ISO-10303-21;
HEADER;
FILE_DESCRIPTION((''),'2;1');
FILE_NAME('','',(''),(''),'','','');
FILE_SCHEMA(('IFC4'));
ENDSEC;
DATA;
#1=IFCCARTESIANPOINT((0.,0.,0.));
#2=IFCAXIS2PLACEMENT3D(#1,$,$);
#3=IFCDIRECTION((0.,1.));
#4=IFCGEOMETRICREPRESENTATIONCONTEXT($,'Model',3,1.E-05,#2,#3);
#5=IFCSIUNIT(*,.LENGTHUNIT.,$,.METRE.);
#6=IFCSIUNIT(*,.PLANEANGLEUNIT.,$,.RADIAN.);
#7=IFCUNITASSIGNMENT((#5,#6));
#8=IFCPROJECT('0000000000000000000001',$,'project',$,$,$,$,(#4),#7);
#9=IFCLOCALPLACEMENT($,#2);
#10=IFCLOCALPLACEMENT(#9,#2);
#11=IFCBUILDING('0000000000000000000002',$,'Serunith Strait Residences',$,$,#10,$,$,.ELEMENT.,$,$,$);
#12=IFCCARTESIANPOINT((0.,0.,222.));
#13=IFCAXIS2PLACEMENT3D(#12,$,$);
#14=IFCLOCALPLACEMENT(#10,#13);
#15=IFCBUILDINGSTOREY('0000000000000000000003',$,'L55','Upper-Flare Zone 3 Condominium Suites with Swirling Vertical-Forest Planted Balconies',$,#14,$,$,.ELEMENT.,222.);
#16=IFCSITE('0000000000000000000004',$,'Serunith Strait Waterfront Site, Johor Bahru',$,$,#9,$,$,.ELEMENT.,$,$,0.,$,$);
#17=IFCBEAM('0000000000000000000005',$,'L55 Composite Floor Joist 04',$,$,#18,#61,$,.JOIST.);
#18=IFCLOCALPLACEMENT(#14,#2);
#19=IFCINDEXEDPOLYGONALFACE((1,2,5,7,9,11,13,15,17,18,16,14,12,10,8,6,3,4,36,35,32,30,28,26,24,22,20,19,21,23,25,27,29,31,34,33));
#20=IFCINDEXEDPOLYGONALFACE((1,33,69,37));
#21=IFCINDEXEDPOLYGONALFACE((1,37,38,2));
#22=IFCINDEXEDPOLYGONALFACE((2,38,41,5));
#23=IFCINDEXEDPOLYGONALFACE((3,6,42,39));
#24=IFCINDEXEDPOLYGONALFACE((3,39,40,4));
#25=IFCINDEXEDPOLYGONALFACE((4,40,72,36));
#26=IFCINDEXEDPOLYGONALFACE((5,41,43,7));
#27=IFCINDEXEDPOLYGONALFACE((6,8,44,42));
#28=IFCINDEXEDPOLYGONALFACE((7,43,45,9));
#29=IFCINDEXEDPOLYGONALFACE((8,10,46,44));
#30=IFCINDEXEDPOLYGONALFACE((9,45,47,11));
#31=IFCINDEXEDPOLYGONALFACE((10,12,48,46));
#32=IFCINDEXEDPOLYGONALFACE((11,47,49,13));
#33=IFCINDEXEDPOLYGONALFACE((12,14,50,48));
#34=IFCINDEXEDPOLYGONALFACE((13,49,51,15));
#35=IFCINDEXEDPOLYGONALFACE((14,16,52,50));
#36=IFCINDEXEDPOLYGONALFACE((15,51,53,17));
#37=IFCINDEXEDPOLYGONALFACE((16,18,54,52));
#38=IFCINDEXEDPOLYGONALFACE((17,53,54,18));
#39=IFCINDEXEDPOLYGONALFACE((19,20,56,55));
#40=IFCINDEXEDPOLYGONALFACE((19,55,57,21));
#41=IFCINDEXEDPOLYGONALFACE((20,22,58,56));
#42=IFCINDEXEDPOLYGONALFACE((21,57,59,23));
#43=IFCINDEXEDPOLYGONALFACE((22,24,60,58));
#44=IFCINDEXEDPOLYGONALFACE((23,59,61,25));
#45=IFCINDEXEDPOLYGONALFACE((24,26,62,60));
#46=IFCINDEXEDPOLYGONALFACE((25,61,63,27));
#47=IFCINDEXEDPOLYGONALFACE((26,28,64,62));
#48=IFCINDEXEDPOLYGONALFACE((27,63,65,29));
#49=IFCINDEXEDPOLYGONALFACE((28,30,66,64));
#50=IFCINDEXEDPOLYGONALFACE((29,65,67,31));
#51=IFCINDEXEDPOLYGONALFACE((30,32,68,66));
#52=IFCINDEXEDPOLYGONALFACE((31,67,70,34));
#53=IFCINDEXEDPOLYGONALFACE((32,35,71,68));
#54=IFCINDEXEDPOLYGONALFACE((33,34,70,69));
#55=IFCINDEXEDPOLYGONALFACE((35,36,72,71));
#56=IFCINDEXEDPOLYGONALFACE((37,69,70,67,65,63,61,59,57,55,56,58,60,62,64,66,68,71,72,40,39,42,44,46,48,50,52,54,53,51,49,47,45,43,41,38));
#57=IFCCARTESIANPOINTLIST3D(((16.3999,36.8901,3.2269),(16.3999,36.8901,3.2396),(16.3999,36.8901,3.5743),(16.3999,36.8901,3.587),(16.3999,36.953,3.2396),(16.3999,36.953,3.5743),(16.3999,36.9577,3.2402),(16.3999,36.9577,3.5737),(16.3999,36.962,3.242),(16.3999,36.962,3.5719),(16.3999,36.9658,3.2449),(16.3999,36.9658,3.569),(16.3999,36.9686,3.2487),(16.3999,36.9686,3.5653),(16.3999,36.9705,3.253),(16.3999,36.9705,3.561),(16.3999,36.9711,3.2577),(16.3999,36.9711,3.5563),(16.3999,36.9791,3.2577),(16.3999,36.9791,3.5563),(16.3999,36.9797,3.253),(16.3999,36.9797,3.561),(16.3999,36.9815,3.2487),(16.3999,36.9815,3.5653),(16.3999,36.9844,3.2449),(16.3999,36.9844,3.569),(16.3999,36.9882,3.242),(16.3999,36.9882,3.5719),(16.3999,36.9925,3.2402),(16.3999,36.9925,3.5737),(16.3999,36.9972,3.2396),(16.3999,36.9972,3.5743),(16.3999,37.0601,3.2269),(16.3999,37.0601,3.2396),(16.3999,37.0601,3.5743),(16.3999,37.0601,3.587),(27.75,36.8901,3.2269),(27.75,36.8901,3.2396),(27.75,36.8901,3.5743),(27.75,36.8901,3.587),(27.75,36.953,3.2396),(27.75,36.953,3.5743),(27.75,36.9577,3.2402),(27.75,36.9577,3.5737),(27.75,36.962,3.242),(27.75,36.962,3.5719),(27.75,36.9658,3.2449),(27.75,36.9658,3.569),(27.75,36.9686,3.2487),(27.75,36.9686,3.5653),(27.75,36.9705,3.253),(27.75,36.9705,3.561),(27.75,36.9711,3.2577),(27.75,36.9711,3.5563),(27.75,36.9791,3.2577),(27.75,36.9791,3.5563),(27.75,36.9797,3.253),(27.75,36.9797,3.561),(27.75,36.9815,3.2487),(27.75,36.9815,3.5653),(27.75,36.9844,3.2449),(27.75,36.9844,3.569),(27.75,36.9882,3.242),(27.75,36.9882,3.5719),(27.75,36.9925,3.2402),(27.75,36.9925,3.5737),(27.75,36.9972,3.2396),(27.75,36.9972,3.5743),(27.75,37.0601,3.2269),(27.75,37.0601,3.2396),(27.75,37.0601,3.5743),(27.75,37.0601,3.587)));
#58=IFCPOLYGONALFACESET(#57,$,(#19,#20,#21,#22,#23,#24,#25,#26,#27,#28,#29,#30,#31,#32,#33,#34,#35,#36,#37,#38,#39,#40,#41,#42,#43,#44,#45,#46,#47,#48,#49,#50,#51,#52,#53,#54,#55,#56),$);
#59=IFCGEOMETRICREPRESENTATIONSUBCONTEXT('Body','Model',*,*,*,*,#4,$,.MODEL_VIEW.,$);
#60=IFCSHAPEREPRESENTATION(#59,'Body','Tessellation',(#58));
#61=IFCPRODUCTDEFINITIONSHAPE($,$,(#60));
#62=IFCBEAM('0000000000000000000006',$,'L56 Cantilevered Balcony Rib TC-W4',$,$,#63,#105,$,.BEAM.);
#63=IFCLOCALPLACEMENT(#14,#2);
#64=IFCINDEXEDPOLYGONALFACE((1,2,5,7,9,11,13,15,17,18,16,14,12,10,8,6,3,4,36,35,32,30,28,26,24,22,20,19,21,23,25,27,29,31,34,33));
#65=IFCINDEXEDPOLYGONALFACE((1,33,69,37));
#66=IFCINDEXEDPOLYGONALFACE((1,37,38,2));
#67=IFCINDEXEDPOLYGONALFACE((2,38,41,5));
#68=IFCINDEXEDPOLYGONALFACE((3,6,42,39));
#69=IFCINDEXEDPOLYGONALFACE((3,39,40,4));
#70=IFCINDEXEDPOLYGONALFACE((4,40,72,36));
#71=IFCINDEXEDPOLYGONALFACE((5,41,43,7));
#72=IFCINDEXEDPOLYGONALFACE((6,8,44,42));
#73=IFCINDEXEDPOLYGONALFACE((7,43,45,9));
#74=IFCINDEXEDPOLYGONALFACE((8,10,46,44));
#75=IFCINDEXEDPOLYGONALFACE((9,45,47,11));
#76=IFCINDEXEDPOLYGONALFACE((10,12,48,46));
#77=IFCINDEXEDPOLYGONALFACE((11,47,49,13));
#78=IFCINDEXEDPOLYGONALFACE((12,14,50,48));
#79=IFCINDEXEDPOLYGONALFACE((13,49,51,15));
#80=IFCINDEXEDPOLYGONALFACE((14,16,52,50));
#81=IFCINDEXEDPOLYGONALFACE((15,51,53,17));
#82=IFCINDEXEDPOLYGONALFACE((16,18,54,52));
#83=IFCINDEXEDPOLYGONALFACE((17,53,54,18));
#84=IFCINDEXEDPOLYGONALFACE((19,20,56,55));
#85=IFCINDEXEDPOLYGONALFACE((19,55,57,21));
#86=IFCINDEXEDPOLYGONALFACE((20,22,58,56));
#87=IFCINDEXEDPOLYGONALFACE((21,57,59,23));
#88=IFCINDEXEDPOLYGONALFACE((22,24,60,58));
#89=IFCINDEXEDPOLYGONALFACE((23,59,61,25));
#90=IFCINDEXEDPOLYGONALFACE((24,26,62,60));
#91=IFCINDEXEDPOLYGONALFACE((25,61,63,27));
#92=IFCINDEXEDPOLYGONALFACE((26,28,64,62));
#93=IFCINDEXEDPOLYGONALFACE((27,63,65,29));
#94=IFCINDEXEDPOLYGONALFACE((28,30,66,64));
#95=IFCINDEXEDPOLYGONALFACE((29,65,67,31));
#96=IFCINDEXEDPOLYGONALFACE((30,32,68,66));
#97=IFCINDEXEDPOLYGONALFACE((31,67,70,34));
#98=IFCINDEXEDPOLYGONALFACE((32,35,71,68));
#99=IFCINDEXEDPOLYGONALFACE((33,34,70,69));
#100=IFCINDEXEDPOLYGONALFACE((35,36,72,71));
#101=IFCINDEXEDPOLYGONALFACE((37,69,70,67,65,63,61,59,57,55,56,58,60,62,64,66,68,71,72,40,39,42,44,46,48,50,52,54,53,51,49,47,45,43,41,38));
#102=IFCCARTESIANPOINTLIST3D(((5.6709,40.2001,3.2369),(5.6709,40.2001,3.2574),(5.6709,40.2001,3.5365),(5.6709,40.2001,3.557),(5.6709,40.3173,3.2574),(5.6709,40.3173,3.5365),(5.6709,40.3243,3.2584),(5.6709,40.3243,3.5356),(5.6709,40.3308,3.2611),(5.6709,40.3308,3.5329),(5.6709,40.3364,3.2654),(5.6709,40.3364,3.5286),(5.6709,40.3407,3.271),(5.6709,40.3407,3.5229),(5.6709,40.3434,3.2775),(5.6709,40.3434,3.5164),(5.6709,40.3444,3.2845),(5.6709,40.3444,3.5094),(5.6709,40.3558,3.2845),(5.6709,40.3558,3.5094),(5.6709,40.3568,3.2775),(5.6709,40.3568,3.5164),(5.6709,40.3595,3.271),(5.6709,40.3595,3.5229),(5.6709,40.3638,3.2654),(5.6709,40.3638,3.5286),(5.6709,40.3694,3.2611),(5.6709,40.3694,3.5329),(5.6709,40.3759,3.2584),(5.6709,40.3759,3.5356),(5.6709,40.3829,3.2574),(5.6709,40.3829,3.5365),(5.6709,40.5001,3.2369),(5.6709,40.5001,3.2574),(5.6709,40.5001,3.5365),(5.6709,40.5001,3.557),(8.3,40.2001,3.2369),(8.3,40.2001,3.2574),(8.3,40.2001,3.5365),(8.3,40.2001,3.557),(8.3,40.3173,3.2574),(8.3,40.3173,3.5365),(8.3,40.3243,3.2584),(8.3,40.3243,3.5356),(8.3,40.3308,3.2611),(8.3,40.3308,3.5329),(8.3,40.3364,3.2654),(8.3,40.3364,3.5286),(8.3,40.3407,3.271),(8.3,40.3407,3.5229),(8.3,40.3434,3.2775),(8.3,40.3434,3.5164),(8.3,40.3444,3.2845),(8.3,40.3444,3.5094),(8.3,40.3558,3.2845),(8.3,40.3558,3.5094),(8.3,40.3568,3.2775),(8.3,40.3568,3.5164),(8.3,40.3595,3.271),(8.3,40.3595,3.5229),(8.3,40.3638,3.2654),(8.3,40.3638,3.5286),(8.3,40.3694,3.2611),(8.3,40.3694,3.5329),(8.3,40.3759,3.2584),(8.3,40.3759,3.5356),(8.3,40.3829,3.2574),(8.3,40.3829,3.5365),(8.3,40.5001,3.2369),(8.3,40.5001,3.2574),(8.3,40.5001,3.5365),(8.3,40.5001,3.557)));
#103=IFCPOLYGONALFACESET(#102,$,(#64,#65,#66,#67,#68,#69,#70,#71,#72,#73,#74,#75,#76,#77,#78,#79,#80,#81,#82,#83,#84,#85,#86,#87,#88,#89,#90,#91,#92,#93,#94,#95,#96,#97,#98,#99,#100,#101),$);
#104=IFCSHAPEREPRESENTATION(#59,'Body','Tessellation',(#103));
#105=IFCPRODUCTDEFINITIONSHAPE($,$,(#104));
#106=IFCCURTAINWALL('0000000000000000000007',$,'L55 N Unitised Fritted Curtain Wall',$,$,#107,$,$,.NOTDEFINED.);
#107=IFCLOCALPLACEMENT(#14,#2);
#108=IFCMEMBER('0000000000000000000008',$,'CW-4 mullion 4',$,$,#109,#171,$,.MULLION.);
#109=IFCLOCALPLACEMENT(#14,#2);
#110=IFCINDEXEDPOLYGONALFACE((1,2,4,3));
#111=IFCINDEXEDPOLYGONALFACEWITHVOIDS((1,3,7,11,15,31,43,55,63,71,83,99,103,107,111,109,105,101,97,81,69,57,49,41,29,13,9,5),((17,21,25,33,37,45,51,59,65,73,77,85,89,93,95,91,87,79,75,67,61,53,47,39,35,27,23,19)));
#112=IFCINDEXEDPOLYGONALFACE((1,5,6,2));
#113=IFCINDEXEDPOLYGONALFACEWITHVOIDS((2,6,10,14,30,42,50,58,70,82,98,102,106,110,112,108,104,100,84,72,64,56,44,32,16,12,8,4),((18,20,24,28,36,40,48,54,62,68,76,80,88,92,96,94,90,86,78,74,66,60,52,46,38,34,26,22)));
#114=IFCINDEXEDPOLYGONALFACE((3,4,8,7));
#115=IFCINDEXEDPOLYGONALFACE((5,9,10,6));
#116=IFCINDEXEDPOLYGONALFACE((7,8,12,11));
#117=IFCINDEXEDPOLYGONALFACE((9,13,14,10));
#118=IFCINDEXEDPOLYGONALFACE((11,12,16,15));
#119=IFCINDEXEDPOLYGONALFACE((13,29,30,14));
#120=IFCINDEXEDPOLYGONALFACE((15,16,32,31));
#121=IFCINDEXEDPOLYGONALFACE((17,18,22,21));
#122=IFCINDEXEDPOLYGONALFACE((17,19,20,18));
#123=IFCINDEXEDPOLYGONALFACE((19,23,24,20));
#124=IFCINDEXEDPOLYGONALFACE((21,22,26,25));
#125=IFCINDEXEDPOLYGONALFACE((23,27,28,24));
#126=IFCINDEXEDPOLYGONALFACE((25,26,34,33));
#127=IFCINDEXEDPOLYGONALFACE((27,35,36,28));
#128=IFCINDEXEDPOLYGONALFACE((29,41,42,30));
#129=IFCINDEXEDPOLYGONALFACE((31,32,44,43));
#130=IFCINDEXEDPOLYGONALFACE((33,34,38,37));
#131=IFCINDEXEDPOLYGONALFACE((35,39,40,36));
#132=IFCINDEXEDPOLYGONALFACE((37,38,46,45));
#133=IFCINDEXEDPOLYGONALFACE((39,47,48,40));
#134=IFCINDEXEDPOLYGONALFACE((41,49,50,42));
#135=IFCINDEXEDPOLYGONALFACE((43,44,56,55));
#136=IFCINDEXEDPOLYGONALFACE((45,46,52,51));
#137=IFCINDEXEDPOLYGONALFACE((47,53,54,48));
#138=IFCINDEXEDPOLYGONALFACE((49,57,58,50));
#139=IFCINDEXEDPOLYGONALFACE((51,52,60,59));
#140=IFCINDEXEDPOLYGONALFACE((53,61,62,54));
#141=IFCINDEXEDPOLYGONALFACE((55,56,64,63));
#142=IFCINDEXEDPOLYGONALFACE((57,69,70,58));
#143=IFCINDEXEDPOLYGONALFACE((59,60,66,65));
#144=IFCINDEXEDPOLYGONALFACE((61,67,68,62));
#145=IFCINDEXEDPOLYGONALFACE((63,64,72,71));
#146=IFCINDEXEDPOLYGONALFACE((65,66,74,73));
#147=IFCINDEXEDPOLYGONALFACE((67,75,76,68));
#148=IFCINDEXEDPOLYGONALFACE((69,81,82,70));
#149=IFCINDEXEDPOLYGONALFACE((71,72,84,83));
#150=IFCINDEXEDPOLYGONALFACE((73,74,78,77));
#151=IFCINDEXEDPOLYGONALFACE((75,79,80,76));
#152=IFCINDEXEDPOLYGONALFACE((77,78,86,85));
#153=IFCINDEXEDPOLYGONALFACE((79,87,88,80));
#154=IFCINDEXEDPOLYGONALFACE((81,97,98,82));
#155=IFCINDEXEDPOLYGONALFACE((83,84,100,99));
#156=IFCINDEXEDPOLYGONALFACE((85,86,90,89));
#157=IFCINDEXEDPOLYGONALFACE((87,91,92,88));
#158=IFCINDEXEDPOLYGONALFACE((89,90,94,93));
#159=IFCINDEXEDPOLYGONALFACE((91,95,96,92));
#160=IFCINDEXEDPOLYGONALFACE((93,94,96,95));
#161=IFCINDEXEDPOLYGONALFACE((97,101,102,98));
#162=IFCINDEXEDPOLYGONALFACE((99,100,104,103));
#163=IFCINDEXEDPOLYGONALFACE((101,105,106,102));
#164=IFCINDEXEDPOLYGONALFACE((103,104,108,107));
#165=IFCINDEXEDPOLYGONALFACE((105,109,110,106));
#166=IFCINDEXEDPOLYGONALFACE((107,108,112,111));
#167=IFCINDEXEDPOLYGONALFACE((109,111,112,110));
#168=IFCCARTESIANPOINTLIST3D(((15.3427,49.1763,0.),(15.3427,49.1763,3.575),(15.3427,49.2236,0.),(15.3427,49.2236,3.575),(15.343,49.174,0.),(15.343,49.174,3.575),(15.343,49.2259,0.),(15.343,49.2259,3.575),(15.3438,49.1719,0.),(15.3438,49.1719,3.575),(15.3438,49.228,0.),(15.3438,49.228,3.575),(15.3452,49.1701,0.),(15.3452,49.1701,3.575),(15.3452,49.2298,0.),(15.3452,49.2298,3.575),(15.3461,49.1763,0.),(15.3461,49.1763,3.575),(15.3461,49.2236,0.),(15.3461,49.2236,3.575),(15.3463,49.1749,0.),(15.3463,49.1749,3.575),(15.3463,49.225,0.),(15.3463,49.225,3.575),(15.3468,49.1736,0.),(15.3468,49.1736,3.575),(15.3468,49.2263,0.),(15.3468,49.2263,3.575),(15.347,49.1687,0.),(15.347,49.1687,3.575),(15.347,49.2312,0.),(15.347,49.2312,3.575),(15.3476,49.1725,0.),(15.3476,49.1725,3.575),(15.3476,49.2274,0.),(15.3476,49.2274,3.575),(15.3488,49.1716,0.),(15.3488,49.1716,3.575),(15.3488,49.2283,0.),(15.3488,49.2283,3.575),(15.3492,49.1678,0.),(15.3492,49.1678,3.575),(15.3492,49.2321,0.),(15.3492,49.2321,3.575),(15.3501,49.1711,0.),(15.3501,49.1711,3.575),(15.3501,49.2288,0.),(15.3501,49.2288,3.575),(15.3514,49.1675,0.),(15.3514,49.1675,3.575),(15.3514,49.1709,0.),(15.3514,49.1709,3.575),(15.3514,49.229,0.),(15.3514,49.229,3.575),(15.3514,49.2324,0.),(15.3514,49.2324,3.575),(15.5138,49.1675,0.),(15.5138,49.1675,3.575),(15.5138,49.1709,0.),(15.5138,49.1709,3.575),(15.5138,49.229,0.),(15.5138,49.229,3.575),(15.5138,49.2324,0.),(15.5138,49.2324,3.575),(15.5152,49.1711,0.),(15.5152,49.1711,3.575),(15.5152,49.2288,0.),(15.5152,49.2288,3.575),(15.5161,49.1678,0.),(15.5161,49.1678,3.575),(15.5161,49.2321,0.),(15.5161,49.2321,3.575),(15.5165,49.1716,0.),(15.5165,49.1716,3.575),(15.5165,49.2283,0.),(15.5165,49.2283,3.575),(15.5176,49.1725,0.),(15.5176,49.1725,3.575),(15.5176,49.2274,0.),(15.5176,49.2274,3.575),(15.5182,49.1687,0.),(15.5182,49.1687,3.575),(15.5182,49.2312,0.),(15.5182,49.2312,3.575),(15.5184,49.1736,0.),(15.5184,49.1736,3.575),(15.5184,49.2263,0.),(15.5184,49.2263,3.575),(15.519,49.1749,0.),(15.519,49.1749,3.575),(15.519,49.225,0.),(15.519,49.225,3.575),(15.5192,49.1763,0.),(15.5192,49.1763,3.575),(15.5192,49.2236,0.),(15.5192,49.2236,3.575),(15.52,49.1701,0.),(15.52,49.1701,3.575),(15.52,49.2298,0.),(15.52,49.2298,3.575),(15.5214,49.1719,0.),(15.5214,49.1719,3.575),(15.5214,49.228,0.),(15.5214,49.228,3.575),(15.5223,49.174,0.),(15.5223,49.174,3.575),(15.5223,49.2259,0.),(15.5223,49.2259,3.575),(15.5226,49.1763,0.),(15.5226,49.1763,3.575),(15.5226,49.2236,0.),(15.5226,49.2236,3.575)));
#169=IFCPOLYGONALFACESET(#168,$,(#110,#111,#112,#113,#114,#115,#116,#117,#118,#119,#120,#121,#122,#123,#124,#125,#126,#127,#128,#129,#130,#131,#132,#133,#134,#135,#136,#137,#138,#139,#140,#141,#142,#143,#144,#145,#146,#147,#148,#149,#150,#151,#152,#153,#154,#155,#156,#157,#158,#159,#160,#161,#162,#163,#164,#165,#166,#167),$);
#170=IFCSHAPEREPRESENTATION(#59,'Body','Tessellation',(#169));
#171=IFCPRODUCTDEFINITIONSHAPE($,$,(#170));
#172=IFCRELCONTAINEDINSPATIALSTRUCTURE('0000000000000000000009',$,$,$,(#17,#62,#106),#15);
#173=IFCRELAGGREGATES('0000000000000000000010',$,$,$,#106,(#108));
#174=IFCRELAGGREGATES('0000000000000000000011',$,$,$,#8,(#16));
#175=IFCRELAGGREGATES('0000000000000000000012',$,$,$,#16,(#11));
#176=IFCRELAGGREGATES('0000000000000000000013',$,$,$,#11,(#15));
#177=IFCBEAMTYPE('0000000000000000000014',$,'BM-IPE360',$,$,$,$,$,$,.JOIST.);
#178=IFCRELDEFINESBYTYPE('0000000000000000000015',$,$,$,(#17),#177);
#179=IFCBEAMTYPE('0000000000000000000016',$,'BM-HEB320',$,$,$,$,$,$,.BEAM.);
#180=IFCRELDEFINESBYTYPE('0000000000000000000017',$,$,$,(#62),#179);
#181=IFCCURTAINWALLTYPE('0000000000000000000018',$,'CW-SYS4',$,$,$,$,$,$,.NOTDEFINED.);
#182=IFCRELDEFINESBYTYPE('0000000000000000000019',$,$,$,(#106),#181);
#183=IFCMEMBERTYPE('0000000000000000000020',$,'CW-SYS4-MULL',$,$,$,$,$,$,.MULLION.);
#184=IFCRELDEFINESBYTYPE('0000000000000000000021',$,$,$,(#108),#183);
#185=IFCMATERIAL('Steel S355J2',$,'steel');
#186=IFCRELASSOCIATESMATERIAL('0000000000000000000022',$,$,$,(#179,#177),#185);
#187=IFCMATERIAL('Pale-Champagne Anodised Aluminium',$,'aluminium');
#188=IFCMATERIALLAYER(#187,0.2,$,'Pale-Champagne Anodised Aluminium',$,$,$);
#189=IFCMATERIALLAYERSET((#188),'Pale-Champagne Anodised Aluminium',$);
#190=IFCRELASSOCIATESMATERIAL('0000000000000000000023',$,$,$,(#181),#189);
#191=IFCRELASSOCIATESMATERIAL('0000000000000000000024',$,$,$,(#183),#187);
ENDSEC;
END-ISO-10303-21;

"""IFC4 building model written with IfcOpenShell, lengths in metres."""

from ifc_helpers import new_model, si_unit, direction, frame, origin, origin_2d, place, context, subcontext, project, spatial, hollow_rectangle, i_section, extrude, source, transform, mapped, material, layer, layer_set, material_profile, profile_set, type_object, element, aggregate, save


model = new_model("IFC4")

# Units and contexts
model_context = context("Model", 3, precision=1e-05, world=origin(), true_north=direction((0.0, 1.0)))
body_context = subcontext(model_context, "Body", "Model", "MODEL_VIEW")
ifc_project = project(units=[si_unit("LENGTHUNIT", "METRE"), si_unit("PLANEANGLEUNIT", "RADIAN")], contexts=[model_context])

# Site, building, storey
site_placement = place(None, origin())
site = spatial("IfcSite", under=ifc_project, at=site_placement, Name="Serunith Strait Waterfront Site, Johor Bahru", CompositionType="ELEMENT", RefElevation=0.0)
building_placement = place(site_placement, origin())
building = spatial("IfcBuilding", under=site, at=building_placement, Name="Serunith Strait Residences", CompositionType="ELEMENT")
storey_placement = place(building_placement, frame((0.0, 0.0, 222.0)))
storey = spatial("IfcBuildingStorey", under=building, at=storey_placement, Name="L55", Description="Upper-Flare Zone 3 Condominium Suites with Swirling Vertical-Forest Planted Balconies", CompositionType="ELEMENT", Elevation=222.0)

# Beams
ifc_material_1 = material(Name="Steel S355J2", Category="steel")
ifc_material_profile_1 = material_profile(ifc_material_1, i_section(OverallWidth=0.3, OverallDepth=0.3201, WebThickness=0.0115, FlangeThickness=0.0205, FilletRadius=0.0271, at=origin_2d()), Name="HEB 320")
ifc_profile_set_1 = profile_set([ifc_material_profile_1], Name="Steel S355J2")
beam_type_1 = type_object("IfcBeamType", Name="BM-HEB320", PredefinedType="BEAM", material=ifc_profile_set_1)
ifc_material_profile_2 = material_profile(ifc_material_1, i_section(OverallWidth=0.1699, OverallDepth=0.3601, WebThickness=0.0081, FlangeThickness=0.0127, FilletRadius=0.0181, at=origin_2d()), Name="IPE 360")
ifc_profile_set_2 = profile_set([ifc_material_profile_2], Name="Steel S355J2")
beam_type_2 = type_object("IfcBeamType", Name="BM-IPE360", PredefinedType="JOIST", material=ifc_profile_set_2)
shared_shape_1 = source(origin(), body_context, "Body", "SweptSolid", [
    extrude(i_section(OverallWidth=0.1699, OverallDepth=0.3601, WebThickness=0.0081, FlangeThickness=0.0127, FilletRadius=0.0181, at=origin_2d()), origin(), (0.0, 0.0, 1.0), 11.3501),
])
beam_1_placement = place(storey_placement, frame((16.3999, 36.9751, 3.407), z_axis=(1.0, 0.0, 0.0), x_axis=(0.0, 1.0, 0.0)))
element("IfcBeam", 1, at=beam_1_placement, inside=storey, type_object=beam_type_2, Name="L55 Composite Floor Joist 04", PredefinedType="JOIST", context=body_context, shape_type="MappedRepresentation", body=[
    mapped(shared_shape_1, transform((0.0, 0.0, 0.0), scale=1.0)),
])
shared_shape_2 = source(origin(), body_context, "Body", "SweptSolid", [
    extrude(i_section(OverallWidth=0.3, OverallDepth=0.3201, WebThickness=0.0115, FlangeThickness=0.0205, FilletRadius=0.0271, at=origin_2d()), origin(), (0.0, 0.0, 1.0), 2.6292),
])
beam_2_placement = place(storey_placement, frame((8.3, 40.3501, 3.397), z_axis=(-1.0, 0.0, 0.0), x_axis=(0.0, -1.0, 0.0)))
element("IfcBeam", 2, at=beam_2_placement, inside=storey, type_object=beam_type_1, Name="L56 Cantilevered Balcony Rib TC-W4", PredefinedType="BEAM", context=body_context, shape_type="MappedRepresentation", body=[
    mapped(shared_shape_2, transform((0.0, 0.0, 0.0), scale=1.0)),
])

# Curtain wall, member
ifc_material_2 = material(Name="Pale-Champagne Anodised Aluminium", Category="aluminium")
ifc_layer_1 = layer(ifc_material_2, 0.2, Name="Pale-Champagne Anodised Aluminium")
ifc_layer_set_1 = layer_set([ifc_layer_1], Name="Pale-Champagne Anodised Aluminium")
curtain_wall_type = type_object("IfcCurtainWallType", Name="CW-SYS4", PredefinedType="NOTDEFINED", material=ifc_layer_set_1)
curtain_wall_1_placement = place(storey_placement, origin())
curtain_wall_1 = element("IfcCurtainWall", 3, at=curtain_wall_1_placement, inside=storey, type_object=curtain_wall_type, Name="L55 N Unitised Fritted Curtain Wall", PredefinedType="NOTDEFINED")
ifc_material_profile_3 = material_profile(ifc_material_2, hollow_rectangle(XDim=0.0649, YDim=0.1799, WallThickness=0.0034, InnerFilletRadius=0.0054, OuterFilletRadius=0.0088, at=origin_2d()), Name="ALU 180x65x3.5")
ifc_profile_set_3 = profile_set([ifc_material_profile_3], Name="Pale-Champagne Anodised Aluminium")
member_type_1 = type_object("IfcMemberType", Name="CW-SYS4-MULL", PredefinedType="MULLION", material=ifc_profile_set_3)
shared_shape_3 = source(origin(), body_context, "Body", "SweptSolid", [
    extrude(hollow_rectangle(XDim=0.0649, YDim=0.1799, WallThickness=0.0034, InnerFilletRadius=0.0054, OuterFilletRadius=0.0088, at=origin_2d()), origin(), (0.0, 0.0, 1.0), 3.575),
])
member_1_placement = place(storey_placement, frame((15.4326, 49.2, 0.0), z_axis=(0.0, 0.0, 1.0), x_axis=(0.0, -1.0, 0.0)))
member_1 = element("IfcMember", 4, at=member_1_placement, type_object=member_type_1, Name="CW-4 mullion 4", PredefinedType="MULLION", context=body_context, shape_type="MappedRepresentation", body=[
    mapped(shared_shape_3, transform((0.0, 0.0, 0.0), scale=1.0)),
])
aggregate(curtain_wall_1, [member_1])

save(model, "model.ifc")
